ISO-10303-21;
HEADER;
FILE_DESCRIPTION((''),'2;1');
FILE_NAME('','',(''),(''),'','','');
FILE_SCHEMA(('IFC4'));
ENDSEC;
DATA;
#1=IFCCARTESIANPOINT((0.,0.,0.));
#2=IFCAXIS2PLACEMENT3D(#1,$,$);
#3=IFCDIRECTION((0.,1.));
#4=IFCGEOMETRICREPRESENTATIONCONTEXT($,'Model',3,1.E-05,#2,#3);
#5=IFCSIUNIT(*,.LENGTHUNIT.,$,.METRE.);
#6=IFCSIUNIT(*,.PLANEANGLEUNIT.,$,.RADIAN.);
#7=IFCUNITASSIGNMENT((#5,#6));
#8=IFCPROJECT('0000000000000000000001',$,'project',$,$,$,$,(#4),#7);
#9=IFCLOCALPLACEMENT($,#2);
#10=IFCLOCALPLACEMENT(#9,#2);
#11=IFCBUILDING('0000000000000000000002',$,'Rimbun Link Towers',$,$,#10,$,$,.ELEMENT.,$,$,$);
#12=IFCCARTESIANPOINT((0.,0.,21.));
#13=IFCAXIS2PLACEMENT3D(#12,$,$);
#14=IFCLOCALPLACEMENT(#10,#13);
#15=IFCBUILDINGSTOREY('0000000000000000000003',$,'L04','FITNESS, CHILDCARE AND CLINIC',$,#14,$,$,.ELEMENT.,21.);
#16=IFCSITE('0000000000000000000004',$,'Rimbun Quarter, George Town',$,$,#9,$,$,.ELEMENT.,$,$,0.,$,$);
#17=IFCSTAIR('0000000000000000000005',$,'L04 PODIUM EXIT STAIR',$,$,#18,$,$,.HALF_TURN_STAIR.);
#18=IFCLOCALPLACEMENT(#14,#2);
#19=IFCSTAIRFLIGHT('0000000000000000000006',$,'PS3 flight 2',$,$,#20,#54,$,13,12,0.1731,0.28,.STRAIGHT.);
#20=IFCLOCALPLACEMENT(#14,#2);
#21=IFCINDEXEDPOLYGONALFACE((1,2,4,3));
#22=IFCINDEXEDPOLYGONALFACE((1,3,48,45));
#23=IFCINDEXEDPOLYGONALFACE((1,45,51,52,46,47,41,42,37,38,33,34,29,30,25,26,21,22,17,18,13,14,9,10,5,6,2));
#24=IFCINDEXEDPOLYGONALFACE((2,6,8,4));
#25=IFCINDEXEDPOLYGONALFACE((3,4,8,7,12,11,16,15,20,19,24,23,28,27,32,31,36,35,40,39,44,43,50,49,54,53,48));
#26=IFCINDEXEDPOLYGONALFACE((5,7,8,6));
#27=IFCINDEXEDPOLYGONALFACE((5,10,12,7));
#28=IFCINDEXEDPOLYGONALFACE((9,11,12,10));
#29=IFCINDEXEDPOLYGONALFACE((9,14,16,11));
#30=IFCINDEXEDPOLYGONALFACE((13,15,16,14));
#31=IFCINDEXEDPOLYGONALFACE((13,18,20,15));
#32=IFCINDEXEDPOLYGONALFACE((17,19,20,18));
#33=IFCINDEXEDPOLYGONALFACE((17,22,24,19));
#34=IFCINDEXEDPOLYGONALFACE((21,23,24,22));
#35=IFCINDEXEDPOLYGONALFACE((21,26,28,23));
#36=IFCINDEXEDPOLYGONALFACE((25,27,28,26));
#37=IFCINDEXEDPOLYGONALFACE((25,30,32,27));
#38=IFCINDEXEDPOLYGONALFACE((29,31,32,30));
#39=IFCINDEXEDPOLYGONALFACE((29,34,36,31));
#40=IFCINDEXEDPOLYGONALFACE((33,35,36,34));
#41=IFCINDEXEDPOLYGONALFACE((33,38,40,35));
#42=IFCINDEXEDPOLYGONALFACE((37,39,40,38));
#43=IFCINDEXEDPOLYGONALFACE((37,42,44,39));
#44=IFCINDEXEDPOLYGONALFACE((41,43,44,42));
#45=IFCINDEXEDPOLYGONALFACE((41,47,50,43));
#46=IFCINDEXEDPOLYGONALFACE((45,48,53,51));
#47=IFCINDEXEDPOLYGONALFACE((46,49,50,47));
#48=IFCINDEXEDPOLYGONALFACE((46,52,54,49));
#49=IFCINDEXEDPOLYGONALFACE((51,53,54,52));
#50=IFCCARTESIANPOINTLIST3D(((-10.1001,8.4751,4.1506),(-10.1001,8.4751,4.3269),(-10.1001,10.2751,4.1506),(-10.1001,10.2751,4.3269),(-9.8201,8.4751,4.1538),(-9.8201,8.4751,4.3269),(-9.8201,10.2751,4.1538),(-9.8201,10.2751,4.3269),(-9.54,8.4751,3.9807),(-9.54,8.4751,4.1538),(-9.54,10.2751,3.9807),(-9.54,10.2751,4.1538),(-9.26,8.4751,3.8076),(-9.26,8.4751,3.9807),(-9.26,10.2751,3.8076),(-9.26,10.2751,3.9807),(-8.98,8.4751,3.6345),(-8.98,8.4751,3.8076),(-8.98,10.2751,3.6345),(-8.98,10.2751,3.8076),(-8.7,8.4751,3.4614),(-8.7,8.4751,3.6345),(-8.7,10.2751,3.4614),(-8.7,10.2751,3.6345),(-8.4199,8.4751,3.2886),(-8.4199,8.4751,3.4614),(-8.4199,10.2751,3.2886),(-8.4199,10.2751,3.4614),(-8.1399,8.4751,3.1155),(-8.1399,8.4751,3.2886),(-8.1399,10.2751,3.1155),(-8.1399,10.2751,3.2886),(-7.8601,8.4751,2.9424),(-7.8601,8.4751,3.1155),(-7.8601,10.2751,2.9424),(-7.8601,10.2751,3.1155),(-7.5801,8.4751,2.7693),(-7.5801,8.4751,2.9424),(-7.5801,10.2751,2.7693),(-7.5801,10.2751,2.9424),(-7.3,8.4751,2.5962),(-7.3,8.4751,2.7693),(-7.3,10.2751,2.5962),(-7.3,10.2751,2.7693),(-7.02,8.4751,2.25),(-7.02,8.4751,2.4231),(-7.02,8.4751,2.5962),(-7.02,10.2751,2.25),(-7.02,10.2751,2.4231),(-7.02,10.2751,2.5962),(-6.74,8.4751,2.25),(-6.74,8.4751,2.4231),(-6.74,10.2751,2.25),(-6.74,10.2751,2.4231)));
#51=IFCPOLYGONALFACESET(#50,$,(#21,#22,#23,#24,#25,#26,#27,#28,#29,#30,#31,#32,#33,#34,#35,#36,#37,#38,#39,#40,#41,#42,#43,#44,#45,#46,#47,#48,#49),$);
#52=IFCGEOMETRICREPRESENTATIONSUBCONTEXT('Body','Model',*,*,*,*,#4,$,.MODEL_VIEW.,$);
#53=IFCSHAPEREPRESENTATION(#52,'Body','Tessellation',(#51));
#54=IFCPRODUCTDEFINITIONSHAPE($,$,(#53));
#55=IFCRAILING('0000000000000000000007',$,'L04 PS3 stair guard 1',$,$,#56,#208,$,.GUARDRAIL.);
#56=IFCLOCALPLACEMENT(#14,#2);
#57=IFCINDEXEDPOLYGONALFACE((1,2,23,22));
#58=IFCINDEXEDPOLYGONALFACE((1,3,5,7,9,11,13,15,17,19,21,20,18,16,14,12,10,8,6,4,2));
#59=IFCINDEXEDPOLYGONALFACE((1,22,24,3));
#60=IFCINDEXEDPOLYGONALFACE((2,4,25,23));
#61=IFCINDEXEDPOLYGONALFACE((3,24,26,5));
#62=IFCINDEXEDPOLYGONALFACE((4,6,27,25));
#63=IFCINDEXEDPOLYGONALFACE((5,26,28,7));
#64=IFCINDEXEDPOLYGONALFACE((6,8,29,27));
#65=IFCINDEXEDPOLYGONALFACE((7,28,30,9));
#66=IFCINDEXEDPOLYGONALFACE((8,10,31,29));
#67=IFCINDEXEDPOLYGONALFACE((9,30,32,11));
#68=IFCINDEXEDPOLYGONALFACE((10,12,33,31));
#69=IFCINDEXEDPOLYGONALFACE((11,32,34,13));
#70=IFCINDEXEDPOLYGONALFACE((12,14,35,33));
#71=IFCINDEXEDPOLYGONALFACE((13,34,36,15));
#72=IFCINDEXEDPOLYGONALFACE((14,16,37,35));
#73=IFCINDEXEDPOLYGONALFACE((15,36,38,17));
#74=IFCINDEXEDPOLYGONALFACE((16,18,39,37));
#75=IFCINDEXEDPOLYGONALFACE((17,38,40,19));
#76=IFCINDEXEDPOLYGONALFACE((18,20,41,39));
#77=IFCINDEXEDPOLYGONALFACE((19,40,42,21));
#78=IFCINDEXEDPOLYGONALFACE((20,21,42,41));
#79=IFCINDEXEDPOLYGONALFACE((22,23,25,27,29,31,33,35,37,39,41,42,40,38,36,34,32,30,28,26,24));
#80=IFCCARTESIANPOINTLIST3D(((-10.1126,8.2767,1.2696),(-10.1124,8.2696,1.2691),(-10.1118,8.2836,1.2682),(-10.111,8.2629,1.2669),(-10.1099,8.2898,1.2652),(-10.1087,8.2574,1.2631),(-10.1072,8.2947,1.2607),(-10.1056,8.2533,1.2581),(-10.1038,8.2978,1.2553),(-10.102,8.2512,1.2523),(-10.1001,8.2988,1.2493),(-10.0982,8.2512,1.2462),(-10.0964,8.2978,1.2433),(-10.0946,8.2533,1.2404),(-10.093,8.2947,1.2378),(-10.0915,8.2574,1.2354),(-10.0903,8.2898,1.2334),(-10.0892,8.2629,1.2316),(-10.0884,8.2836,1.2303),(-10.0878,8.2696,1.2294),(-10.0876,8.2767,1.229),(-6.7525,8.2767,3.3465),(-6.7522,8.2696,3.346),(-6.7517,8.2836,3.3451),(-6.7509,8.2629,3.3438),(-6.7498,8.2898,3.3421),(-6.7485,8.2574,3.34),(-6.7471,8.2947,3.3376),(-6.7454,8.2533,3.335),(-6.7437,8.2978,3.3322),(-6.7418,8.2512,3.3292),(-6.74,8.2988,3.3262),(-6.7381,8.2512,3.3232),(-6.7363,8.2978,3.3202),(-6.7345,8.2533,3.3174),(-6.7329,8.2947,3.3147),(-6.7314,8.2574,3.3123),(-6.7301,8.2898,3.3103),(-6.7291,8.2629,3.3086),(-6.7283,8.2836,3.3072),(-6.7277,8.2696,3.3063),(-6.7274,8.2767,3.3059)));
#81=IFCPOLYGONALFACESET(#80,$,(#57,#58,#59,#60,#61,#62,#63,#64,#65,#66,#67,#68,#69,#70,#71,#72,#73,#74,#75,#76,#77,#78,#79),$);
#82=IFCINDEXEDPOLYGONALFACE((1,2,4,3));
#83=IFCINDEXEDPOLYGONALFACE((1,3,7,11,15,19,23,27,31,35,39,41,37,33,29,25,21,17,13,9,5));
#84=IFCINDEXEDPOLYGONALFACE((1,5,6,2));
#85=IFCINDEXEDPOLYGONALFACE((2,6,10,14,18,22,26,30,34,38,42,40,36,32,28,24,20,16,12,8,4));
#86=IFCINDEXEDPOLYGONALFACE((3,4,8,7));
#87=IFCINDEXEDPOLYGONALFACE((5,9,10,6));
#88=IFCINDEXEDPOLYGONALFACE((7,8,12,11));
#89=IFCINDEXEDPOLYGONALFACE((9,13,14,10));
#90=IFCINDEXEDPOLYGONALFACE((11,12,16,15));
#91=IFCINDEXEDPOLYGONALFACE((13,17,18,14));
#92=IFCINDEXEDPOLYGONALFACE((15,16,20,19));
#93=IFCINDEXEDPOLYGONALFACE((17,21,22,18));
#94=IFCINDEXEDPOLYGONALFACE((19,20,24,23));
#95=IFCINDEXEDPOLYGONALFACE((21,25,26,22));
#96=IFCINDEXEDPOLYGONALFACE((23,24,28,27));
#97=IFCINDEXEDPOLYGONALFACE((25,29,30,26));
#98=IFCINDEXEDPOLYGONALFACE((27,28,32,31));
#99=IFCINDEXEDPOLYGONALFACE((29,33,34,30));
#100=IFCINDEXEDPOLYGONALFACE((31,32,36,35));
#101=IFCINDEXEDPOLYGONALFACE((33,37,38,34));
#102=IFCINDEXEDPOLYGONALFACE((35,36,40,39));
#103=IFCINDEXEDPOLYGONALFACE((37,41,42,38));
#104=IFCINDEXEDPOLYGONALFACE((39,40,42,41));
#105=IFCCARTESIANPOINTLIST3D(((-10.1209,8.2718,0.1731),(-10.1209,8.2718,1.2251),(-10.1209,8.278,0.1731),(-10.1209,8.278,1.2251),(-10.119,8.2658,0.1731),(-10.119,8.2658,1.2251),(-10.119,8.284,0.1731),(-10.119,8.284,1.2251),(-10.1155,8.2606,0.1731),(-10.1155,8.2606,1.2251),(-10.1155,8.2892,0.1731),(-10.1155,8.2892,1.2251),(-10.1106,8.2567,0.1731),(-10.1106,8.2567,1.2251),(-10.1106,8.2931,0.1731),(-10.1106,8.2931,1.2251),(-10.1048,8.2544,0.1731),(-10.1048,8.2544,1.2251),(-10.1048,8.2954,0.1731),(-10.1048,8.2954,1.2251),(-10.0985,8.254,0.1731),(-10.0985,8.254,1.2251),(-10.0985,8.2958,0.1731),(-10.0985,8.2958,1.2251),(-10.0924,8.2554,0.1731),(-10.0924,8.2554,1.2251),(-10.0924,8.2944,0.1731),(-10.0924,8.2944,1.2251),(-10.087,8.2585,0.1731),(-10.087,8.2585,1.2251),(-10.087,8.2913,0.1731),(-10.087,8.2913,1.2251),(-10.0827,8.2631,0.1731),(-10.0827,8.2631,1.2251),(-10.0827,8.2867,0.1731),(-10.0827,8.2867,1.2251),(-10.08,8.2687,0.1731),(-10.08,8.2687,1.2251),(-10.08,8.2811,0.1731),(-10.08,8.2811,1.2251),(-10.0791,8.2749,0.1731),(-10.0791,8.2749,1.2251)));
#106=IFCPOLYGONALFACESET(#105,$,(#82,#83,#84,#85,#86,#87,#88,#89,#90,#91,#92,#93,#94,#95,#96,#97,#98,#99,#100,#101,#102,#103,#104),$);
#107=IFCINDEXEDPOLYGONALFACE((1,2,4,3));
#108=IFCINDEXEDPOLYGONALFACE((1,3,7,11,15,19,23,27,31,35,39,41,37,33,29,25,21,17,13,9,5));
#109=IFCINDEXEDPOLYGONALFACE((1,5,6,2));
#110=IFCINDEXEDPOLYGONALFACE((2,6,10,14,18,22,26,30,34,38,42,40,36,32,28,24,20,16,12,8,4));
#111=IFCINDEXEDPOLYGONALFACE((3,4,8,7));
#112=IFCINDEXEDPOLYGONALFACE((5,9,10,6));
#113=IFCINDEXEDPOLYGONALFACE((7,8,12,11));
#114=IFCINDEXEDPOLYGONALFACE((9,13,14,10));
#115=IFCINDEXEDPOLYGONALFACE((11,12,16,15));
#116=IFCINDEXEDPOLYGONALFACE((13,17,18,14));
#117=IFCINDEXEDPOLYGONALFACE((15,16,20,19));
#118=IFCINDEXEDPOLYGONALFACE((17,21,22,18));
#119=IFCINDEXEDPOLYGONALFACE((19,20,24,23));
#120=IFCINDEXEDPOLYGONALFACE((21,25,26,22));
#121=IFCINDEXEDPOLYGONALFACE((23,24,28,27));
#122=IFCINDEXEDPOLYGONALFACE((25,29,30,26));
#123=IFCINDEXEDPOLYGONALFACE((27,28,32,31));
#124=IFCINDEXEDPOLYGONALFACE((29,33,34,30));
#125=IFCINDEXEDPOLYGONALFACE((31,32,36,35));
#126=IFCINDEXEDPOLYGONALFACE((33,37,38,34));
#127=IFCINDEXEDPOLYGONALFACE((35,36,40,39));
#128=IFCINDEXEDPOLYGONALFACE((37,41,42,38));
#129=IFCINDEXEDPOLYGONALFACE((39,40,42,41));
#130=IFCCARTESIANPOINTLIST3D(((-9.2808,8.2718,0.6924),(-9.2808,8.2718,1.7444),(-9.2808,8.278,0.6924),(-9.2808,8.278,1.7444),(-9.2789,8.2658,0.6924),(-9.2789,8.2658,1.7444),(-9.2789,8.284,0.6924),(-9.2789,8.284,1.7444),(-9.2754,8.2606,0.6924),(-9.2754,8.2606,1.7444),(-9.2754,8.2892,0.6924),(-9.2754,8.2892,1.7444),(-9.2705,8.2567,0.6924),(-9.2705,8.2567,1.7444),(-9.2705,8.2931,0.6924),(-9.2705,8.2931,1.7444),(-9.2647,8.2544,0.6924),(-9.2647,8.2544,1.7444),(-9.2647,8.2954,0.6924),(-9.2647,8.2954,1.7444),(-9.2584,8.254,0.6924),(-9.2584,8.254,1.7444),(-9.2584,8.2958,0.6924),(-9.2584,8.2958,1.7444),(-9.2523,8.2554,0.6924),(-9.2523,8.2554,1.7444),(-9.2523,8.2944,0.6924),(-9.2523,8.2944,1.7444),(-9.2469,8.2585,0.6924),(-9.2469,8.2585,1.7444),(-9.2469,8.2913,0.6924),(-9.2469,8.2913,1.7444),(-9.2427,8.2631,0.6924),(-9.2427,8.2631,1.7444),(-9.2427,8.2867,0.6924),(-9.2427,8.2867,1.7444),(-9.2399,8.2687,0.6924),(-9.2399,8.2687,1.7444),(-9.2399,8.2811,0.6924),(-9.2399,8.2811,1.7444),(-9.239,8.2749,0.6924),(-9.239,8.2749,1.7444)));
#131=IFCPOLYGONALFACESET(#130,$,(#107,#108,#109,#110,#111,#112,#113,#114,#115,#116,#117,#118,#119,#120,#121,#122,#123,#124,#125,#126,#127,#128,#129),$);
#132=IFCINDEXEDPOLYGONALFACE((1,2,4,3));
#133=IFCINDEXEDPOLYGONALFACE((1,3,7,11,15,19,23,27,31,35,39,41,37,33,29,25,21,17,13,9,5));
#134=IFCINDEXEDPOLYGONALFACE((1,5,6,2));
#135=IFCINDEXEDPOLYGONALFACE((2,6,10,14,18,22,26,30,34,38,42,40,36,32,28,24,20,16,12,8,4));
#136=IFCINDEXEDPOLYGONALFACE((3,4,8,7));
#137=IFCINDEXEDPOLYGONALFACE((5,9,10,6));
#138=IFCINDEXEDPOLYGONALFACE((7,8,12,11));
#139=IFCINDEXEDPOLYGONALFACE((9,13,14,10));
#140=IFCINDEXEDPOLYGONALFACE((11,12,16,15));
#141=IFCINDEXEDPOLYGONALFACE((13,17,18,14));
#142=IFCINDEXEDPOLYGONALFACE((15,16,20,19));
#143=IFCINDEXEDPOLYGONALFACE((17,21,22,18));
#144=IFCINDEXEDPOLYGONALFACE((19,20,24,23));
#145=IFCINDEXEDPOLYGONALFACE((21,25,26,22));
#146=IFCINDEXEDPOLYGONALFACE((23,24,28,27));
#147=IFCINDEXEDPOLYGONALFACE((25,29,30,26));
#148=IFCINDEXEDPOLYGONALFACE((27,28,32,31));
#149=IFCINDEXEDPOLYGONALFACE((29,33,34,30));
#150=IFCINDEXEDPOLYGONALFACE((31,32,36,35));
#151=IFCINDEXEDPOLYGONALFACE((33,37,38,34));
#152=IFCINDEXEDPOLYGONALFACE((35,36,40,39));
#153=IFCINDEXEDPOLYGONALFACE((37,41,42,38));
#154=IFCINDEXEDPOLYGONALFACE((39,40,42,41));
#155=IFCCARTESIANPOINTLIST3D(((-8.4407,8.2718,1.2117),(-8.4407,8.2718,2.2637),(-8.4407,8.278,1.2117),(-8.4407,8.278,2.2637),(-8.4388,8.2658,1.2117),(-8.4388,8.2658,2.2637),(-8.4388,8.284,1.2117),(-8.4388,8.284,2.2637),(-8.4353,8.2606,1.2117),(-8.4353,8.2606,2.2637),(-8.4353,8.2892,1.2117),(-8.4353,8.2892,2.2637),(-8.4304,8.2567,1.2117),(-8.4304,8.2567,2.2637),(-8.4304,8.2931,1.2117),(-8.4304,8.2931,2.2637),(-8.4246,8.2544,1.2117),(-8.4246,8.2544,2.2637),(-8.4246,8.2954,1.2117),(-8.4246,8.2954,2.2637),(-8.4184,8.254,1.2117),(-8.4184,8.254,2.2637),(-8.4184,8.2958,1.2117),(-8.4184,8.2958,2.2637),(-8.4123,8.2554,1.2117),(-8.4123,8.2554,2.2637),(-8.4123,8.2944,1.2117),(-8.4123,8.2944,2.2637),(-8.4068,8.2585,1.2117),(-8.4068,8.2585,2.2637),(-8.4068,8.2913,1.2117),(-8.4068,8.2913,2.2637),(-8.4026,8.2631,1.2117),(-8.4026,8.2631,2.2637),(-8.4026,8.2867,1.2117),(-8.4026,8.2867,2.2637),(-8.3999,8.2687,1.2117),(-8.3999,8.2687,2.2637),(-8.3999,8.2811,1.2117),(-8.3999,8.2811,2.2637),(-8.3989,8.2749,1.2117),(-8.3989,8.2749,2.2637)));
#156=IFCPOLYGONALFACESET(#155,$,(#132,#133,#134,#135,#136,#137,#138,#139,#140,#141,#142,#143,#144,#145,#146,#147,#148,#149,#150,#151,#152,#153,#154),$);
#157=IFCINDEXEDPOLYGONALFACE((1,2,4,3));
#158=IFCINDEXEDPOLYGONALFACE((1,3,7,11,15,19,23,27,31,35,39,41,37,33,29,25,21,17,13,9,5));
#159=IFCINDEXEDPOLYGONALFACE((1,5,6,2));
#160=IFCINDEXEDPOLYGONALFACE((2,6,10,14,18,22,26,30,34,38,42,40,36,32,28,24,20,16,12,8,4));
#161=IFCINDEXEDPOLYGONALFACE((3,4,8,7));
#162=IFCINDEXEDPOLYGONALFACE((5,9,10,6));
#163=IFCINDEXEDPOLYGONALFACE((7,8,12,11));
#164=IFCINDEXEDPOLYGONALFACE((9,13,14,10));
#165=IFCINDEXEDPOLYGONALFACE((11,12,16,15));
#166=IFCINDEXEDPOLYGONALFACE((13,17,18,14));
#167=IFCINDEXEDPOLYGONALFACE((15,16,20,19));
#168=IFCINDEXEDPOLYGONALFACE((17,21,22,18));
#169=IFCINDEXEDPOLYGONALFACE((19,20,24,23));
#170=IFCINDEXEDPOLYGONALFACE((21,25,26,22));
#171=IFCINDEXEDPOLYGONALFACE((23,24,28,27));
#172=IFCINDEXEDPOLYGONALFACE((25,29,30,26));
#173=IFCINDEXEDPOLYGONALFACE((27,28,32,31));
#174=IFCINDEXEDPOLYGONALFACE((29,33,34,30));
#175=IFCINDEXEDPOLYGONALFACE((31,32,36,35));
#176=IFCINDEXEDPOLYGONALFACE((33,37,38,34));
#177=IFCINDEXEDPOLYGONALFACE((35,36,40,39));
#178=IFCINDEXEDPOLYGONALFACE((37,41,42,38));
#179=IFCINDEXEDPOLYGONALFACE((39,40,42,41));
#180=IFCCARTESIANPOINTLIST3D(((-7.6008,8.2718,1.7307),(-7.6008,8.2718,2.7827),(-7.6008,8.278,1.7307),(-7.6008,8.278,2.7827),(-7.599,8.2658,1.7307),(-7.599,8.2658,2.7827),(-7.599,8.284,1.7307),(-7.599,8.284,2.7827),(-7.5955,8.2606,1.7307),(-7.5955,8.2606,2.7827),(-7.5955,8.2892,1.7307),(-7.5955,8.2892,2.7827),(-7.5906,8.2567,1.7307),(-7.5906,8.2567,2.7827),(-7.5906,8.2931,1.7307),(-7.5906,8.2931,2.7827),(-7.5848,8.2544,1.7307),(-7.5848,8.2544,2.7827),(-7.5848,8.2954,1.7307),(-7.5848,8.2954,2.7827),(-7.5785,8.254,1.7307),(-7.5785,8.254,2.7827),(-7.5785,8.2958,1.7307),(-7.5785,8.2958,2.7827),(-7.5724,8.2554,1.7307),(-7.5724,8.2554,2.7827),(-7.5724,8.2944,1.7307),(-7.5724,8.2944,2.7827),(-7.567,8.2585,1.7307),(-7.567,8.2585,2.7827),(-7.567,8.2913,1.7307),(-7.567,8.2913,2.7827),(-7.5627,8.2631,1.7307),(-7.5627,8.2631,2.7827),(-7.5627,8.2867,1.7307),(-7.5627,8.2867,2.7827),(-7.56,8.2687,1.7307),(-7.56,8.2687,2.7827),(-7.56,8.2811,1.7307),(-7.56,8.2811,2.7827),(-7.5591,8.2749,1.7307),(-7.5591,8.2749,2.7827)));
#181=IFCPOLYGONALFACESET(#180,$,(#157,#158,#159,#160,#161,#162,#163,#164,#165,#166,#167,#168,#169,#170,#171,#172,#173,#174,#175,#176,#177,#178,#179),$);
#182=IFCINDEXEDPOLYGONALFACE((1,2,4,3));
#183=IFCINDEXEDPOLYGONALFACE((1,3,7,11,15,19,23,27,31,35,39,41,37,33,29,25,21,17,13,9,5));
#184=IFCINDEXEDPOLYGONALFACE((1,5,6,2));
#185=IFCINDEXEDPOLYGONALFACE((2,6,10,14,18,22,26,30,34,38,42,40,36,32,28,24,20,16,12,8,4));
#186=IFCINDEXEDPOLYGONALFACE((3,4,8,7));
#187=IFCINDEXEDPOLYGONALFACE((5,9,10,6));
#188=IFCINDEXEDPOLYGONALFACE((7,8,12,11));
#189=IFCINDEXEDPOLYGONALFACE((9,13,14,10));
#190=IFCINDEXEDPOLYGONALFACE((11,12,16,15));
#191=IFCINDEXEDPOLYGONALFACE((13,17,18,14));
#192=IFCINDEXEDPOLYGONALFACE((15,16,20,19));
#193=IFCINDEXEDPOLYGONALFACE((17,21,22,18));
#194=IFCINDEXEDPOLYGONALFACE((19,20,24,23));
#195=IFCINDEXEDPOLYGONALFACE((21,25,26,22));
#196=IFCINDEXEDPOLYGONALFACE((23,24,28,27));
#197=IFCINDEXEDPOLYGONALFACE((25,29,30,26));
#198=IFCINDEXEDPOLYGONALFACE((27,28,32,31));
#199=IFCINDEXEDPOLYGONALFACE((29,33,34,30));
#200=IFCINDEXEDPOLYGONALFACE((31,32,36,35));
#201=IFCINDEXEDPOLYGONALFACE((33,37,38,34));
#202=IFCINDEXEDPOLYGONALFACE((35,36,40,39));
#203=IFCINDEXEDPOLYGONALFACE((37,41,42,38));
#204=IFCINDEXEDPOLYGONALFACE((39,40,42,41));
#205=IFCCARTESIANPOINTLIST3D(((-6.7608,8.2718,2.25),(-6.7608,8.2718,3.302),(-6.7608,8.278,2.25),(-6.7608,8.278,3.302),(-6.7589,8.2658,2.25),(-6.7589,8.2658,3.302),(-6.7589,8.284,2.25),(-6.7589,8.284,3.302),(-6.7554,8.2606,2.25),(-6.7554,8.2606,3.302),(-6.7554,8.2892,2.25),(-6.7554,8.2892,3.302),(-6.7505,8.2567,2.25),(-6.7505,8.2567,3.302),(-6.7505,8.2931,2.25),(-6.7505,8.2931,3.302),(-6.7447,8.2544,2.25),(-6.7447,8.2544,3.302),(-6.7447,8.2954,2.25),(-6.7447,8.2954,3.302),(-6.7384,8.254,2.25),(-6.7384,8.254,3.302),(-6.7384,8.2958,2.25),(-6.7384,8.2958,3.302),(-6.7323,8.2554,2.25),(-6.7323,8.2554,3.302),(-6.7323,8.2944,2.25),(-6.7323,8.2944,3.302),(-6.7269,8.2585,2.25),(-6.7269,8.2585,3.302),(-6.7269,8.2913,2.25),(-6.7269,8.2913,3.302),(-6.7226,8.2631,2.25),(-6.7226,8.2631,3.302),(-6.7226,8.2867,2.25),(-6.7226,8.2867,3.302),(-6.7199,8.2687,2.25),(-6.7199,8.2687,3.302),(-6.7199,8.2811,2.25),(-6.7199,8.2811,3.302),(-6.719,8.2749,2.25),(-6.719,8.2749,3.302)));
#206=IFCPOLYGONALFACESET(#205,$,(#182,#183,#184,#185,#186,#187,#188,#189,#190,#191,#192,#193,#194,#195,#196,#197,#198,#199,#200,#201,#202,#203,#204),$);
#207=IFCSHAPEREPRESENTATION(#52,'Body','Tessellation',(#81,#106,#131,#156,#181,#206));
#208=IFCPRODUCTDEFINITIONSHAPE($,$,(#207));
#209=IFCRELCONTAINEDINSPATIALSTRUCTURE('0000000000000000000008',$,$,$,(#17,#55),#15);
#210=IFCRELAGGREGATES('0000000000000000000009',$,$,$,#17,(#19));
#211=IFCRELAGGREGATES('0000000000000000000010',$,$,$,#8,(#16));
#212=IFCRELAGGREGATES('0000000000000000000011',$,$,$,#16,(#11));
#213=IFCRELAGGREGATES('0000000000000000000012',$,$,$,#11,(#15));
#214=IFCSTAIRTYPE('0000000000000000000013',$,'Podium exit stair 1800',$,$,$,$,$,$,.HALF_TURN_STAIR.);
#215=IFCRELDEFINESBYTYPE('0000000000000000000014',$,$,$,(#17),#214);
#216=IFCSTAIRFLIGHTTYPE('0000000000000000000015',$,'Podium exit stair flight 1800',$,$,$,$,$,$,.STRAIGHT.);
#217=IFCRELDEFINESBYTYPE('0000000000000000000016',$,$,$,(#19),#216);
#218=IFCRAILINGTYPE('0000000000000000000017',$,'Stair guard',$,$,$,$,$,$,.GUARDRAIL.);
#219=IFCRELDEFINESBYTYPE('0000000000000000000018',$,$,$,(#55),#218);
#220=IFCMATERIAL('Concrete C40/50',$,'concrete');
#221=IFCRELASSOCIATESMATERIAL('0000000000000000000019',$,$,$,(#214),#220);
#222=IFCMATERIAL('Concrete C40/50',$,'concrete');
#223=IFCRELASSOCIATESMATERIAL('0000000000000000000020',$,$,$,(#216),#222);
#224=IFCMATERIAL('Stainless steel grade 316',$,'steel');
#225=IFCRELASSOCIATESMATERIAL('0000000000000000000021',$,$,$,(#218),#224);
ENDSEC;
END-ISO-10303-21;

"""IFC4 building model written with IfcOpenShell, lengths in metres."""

from ifc_helpers import new_model, si_unit, direction, frame, origin, origin_2d, place, context, subcontext, project, spatial, polyline, circle, outline, extrude, material, type_object, element, aggregate, save


model = new_model("IFC4")

# Units and contexts
model_context = context("Model", 3, precision=1e-05, world=origin(), true_north=direction((0.0, 1.0)))
body_context = subcontext(model_context, "Body", "Model", "MODEL_VIEW")
ifc_project = project(units=[si_unit("LENGTHUNIT", "METRE"), si_unit("PLANEANGLEUNIT", "RADIAN")], contexts=[model_context])

# Site, building, storey
site_placement = place(None, origin())
site = spatial("IfcSite", under=ifc_project, at=site_placement, Name="Rimbun Quarter, George Town", CompositionType="ELEMENT", RefElevation=0.0)
building_placement = place(site_placement, origin())
building = spatial("IfcBuilding", under=site, at=building_placement, Name="Rimbun Link Towers", CompositionType="ELEMENT")
storey_placement = place(building_placement, frame((0.0, 0.0, 21.0)))
storey = spatial("IfcBuildingStorey", under=building, at=storey_placement, Name="L04", Description="FITNESS, CHILDCARE AND CLINIC", CompositionType="ELEMENT", Elevation=21.0)

# Stair, stair flight
ifc_material_1 = material(Name="Concrete C40/50", Category="concrete")
stair_type = type_object("IfcStairType", Name="Podium exit stair 1800", PredefinedType="HALF_TURN_STAIR", material=ifc_material_1)
stair_placement = place(storey_placement, origin())
stair = element("IfcStair", 1, at=stair_placement, inside=storey, type_object=stair_type, Name="L04 PODIUM EXIT STAIR", PredefinedType="HALF_TURN_STAIR")
ifc_material_2 = material(Name="Concrete C40/50", Category="concrete")
stair_flight_type = type_object("IfcStairFlightType", Name="Podium exit stair flight 1800", PredefinedType="STRAIGHT", material=ifc_material_2)
stair_flight_1_placement = place(storey_placement, frame((-6.74, 9.375, 2.25), z_axis=(0.0, 0.0, 1.0), x_axis=(-1.0, 0.0, 0.0)))
stair_flight_1 = element("IfcStairFlight", 2, at=stair_flight_1_placement, type_object=stair_flight_type, Name="PS3 flight 2", NumberOfRisers=13, NumberOfTreads=12, PredefinedType="STRAIGHT", RiserHeight=0.1731, TreadLength=0.28, context=body_context, shape_type="SweptSolid", body=[
    extrude(outline(polyline([(0.0, 0.0), (0.0, 0.1731), (0.28, 0.1731), (0.28, 0.3462), (0.5601, 0.3462), (0.5601, 0.5193), (0.8401, 0.5193), (0.8401, 0.6924), (1.1201, 0.6924), (1.1201, 0.8655), (1.3999, 0.8655), (1.3999, 1.0386), (1.6799, 1.0386), (1.6799, 1.2114), (1.96, 1.2114), (1.96, 1.3845), (2.24, 1.3845), (2.24, 1.5576), (2.52, 1.5576), (2.52, 1.7307), (2.8, 1.7307), (2.8, 1.9038), (3.0801, 1.9038), (3.0801, 2.0769), (3.3601, 2.0769), (3.3601, 2.25), (3.3601, 1.9006), (0.28, 0.0), (0.0, 0.0)])), frame((0.0, 0.8999, 0.0), z_axis=(0.0, -1.0, 0.0), x_axis=(1.0, 0.0, 0.0)), (0.0, 0.0, 1.0), 1.8),
])
aggregate(stair, [stair_flight_1])

# Railing
ifc_material_3 = material(Name="Stainless steel grade 316", Category="steel")
railing_type_1 = type_object("IfcRailingType", Name="Stair guard", PredefinedType="GUARDRAIL", material=ifc_material_3)
railing_1_placement = place(storey_placement, frame((-10.1001, 8.2749, 0.1731)))
element("IfcRailing", 3, at=railing_1_placement, inside=storey, type_object=railing_type_1, Name="L04 PS3 stair guard 1", PredefinedType="GUARDRAIL", context=body_context, shape_type="SweptSolid", body=[
    extrude(circle(Radius=0.0239, at=origin_2d()), frame((0.0, 0.0, 1.0762), z_axis=(0.850623, 0.0, 0.525776), x_axis=(0.0, 1.0, 0.0)), (0.0, 0.0, 1.0), 3.9502),
    extrude(circle(Radius=0.021, at=origin_2d()), origin(), (0.0, 0.0, 1.0), 1.052),
    extrude(circle(Radius=0.021, at=origin_2d()), frame((0.8401, 0.0, 0.5193)), (0.0, 0.0, 1.0), 1.052),
    extrude(circle(Radius=0.021, at=origin_2d()), frame((1.6802, 0.0, 1.0386)), (0.0, 0.0, 1.0), 1.052),
    extrude(circle(Radius=0.021, at=origin_2d()), frame((2.52, 0.0, 1.5576)), (0.0, 0.0, 1.0), 1.052),
    extrude(circle(Radius=0.021, at=origin_2d()), frame((3.3601, 0.0, 2.0769)), (0.0, 0.0, 1.0), 1.052),
])

save(model, "model.ifc")
